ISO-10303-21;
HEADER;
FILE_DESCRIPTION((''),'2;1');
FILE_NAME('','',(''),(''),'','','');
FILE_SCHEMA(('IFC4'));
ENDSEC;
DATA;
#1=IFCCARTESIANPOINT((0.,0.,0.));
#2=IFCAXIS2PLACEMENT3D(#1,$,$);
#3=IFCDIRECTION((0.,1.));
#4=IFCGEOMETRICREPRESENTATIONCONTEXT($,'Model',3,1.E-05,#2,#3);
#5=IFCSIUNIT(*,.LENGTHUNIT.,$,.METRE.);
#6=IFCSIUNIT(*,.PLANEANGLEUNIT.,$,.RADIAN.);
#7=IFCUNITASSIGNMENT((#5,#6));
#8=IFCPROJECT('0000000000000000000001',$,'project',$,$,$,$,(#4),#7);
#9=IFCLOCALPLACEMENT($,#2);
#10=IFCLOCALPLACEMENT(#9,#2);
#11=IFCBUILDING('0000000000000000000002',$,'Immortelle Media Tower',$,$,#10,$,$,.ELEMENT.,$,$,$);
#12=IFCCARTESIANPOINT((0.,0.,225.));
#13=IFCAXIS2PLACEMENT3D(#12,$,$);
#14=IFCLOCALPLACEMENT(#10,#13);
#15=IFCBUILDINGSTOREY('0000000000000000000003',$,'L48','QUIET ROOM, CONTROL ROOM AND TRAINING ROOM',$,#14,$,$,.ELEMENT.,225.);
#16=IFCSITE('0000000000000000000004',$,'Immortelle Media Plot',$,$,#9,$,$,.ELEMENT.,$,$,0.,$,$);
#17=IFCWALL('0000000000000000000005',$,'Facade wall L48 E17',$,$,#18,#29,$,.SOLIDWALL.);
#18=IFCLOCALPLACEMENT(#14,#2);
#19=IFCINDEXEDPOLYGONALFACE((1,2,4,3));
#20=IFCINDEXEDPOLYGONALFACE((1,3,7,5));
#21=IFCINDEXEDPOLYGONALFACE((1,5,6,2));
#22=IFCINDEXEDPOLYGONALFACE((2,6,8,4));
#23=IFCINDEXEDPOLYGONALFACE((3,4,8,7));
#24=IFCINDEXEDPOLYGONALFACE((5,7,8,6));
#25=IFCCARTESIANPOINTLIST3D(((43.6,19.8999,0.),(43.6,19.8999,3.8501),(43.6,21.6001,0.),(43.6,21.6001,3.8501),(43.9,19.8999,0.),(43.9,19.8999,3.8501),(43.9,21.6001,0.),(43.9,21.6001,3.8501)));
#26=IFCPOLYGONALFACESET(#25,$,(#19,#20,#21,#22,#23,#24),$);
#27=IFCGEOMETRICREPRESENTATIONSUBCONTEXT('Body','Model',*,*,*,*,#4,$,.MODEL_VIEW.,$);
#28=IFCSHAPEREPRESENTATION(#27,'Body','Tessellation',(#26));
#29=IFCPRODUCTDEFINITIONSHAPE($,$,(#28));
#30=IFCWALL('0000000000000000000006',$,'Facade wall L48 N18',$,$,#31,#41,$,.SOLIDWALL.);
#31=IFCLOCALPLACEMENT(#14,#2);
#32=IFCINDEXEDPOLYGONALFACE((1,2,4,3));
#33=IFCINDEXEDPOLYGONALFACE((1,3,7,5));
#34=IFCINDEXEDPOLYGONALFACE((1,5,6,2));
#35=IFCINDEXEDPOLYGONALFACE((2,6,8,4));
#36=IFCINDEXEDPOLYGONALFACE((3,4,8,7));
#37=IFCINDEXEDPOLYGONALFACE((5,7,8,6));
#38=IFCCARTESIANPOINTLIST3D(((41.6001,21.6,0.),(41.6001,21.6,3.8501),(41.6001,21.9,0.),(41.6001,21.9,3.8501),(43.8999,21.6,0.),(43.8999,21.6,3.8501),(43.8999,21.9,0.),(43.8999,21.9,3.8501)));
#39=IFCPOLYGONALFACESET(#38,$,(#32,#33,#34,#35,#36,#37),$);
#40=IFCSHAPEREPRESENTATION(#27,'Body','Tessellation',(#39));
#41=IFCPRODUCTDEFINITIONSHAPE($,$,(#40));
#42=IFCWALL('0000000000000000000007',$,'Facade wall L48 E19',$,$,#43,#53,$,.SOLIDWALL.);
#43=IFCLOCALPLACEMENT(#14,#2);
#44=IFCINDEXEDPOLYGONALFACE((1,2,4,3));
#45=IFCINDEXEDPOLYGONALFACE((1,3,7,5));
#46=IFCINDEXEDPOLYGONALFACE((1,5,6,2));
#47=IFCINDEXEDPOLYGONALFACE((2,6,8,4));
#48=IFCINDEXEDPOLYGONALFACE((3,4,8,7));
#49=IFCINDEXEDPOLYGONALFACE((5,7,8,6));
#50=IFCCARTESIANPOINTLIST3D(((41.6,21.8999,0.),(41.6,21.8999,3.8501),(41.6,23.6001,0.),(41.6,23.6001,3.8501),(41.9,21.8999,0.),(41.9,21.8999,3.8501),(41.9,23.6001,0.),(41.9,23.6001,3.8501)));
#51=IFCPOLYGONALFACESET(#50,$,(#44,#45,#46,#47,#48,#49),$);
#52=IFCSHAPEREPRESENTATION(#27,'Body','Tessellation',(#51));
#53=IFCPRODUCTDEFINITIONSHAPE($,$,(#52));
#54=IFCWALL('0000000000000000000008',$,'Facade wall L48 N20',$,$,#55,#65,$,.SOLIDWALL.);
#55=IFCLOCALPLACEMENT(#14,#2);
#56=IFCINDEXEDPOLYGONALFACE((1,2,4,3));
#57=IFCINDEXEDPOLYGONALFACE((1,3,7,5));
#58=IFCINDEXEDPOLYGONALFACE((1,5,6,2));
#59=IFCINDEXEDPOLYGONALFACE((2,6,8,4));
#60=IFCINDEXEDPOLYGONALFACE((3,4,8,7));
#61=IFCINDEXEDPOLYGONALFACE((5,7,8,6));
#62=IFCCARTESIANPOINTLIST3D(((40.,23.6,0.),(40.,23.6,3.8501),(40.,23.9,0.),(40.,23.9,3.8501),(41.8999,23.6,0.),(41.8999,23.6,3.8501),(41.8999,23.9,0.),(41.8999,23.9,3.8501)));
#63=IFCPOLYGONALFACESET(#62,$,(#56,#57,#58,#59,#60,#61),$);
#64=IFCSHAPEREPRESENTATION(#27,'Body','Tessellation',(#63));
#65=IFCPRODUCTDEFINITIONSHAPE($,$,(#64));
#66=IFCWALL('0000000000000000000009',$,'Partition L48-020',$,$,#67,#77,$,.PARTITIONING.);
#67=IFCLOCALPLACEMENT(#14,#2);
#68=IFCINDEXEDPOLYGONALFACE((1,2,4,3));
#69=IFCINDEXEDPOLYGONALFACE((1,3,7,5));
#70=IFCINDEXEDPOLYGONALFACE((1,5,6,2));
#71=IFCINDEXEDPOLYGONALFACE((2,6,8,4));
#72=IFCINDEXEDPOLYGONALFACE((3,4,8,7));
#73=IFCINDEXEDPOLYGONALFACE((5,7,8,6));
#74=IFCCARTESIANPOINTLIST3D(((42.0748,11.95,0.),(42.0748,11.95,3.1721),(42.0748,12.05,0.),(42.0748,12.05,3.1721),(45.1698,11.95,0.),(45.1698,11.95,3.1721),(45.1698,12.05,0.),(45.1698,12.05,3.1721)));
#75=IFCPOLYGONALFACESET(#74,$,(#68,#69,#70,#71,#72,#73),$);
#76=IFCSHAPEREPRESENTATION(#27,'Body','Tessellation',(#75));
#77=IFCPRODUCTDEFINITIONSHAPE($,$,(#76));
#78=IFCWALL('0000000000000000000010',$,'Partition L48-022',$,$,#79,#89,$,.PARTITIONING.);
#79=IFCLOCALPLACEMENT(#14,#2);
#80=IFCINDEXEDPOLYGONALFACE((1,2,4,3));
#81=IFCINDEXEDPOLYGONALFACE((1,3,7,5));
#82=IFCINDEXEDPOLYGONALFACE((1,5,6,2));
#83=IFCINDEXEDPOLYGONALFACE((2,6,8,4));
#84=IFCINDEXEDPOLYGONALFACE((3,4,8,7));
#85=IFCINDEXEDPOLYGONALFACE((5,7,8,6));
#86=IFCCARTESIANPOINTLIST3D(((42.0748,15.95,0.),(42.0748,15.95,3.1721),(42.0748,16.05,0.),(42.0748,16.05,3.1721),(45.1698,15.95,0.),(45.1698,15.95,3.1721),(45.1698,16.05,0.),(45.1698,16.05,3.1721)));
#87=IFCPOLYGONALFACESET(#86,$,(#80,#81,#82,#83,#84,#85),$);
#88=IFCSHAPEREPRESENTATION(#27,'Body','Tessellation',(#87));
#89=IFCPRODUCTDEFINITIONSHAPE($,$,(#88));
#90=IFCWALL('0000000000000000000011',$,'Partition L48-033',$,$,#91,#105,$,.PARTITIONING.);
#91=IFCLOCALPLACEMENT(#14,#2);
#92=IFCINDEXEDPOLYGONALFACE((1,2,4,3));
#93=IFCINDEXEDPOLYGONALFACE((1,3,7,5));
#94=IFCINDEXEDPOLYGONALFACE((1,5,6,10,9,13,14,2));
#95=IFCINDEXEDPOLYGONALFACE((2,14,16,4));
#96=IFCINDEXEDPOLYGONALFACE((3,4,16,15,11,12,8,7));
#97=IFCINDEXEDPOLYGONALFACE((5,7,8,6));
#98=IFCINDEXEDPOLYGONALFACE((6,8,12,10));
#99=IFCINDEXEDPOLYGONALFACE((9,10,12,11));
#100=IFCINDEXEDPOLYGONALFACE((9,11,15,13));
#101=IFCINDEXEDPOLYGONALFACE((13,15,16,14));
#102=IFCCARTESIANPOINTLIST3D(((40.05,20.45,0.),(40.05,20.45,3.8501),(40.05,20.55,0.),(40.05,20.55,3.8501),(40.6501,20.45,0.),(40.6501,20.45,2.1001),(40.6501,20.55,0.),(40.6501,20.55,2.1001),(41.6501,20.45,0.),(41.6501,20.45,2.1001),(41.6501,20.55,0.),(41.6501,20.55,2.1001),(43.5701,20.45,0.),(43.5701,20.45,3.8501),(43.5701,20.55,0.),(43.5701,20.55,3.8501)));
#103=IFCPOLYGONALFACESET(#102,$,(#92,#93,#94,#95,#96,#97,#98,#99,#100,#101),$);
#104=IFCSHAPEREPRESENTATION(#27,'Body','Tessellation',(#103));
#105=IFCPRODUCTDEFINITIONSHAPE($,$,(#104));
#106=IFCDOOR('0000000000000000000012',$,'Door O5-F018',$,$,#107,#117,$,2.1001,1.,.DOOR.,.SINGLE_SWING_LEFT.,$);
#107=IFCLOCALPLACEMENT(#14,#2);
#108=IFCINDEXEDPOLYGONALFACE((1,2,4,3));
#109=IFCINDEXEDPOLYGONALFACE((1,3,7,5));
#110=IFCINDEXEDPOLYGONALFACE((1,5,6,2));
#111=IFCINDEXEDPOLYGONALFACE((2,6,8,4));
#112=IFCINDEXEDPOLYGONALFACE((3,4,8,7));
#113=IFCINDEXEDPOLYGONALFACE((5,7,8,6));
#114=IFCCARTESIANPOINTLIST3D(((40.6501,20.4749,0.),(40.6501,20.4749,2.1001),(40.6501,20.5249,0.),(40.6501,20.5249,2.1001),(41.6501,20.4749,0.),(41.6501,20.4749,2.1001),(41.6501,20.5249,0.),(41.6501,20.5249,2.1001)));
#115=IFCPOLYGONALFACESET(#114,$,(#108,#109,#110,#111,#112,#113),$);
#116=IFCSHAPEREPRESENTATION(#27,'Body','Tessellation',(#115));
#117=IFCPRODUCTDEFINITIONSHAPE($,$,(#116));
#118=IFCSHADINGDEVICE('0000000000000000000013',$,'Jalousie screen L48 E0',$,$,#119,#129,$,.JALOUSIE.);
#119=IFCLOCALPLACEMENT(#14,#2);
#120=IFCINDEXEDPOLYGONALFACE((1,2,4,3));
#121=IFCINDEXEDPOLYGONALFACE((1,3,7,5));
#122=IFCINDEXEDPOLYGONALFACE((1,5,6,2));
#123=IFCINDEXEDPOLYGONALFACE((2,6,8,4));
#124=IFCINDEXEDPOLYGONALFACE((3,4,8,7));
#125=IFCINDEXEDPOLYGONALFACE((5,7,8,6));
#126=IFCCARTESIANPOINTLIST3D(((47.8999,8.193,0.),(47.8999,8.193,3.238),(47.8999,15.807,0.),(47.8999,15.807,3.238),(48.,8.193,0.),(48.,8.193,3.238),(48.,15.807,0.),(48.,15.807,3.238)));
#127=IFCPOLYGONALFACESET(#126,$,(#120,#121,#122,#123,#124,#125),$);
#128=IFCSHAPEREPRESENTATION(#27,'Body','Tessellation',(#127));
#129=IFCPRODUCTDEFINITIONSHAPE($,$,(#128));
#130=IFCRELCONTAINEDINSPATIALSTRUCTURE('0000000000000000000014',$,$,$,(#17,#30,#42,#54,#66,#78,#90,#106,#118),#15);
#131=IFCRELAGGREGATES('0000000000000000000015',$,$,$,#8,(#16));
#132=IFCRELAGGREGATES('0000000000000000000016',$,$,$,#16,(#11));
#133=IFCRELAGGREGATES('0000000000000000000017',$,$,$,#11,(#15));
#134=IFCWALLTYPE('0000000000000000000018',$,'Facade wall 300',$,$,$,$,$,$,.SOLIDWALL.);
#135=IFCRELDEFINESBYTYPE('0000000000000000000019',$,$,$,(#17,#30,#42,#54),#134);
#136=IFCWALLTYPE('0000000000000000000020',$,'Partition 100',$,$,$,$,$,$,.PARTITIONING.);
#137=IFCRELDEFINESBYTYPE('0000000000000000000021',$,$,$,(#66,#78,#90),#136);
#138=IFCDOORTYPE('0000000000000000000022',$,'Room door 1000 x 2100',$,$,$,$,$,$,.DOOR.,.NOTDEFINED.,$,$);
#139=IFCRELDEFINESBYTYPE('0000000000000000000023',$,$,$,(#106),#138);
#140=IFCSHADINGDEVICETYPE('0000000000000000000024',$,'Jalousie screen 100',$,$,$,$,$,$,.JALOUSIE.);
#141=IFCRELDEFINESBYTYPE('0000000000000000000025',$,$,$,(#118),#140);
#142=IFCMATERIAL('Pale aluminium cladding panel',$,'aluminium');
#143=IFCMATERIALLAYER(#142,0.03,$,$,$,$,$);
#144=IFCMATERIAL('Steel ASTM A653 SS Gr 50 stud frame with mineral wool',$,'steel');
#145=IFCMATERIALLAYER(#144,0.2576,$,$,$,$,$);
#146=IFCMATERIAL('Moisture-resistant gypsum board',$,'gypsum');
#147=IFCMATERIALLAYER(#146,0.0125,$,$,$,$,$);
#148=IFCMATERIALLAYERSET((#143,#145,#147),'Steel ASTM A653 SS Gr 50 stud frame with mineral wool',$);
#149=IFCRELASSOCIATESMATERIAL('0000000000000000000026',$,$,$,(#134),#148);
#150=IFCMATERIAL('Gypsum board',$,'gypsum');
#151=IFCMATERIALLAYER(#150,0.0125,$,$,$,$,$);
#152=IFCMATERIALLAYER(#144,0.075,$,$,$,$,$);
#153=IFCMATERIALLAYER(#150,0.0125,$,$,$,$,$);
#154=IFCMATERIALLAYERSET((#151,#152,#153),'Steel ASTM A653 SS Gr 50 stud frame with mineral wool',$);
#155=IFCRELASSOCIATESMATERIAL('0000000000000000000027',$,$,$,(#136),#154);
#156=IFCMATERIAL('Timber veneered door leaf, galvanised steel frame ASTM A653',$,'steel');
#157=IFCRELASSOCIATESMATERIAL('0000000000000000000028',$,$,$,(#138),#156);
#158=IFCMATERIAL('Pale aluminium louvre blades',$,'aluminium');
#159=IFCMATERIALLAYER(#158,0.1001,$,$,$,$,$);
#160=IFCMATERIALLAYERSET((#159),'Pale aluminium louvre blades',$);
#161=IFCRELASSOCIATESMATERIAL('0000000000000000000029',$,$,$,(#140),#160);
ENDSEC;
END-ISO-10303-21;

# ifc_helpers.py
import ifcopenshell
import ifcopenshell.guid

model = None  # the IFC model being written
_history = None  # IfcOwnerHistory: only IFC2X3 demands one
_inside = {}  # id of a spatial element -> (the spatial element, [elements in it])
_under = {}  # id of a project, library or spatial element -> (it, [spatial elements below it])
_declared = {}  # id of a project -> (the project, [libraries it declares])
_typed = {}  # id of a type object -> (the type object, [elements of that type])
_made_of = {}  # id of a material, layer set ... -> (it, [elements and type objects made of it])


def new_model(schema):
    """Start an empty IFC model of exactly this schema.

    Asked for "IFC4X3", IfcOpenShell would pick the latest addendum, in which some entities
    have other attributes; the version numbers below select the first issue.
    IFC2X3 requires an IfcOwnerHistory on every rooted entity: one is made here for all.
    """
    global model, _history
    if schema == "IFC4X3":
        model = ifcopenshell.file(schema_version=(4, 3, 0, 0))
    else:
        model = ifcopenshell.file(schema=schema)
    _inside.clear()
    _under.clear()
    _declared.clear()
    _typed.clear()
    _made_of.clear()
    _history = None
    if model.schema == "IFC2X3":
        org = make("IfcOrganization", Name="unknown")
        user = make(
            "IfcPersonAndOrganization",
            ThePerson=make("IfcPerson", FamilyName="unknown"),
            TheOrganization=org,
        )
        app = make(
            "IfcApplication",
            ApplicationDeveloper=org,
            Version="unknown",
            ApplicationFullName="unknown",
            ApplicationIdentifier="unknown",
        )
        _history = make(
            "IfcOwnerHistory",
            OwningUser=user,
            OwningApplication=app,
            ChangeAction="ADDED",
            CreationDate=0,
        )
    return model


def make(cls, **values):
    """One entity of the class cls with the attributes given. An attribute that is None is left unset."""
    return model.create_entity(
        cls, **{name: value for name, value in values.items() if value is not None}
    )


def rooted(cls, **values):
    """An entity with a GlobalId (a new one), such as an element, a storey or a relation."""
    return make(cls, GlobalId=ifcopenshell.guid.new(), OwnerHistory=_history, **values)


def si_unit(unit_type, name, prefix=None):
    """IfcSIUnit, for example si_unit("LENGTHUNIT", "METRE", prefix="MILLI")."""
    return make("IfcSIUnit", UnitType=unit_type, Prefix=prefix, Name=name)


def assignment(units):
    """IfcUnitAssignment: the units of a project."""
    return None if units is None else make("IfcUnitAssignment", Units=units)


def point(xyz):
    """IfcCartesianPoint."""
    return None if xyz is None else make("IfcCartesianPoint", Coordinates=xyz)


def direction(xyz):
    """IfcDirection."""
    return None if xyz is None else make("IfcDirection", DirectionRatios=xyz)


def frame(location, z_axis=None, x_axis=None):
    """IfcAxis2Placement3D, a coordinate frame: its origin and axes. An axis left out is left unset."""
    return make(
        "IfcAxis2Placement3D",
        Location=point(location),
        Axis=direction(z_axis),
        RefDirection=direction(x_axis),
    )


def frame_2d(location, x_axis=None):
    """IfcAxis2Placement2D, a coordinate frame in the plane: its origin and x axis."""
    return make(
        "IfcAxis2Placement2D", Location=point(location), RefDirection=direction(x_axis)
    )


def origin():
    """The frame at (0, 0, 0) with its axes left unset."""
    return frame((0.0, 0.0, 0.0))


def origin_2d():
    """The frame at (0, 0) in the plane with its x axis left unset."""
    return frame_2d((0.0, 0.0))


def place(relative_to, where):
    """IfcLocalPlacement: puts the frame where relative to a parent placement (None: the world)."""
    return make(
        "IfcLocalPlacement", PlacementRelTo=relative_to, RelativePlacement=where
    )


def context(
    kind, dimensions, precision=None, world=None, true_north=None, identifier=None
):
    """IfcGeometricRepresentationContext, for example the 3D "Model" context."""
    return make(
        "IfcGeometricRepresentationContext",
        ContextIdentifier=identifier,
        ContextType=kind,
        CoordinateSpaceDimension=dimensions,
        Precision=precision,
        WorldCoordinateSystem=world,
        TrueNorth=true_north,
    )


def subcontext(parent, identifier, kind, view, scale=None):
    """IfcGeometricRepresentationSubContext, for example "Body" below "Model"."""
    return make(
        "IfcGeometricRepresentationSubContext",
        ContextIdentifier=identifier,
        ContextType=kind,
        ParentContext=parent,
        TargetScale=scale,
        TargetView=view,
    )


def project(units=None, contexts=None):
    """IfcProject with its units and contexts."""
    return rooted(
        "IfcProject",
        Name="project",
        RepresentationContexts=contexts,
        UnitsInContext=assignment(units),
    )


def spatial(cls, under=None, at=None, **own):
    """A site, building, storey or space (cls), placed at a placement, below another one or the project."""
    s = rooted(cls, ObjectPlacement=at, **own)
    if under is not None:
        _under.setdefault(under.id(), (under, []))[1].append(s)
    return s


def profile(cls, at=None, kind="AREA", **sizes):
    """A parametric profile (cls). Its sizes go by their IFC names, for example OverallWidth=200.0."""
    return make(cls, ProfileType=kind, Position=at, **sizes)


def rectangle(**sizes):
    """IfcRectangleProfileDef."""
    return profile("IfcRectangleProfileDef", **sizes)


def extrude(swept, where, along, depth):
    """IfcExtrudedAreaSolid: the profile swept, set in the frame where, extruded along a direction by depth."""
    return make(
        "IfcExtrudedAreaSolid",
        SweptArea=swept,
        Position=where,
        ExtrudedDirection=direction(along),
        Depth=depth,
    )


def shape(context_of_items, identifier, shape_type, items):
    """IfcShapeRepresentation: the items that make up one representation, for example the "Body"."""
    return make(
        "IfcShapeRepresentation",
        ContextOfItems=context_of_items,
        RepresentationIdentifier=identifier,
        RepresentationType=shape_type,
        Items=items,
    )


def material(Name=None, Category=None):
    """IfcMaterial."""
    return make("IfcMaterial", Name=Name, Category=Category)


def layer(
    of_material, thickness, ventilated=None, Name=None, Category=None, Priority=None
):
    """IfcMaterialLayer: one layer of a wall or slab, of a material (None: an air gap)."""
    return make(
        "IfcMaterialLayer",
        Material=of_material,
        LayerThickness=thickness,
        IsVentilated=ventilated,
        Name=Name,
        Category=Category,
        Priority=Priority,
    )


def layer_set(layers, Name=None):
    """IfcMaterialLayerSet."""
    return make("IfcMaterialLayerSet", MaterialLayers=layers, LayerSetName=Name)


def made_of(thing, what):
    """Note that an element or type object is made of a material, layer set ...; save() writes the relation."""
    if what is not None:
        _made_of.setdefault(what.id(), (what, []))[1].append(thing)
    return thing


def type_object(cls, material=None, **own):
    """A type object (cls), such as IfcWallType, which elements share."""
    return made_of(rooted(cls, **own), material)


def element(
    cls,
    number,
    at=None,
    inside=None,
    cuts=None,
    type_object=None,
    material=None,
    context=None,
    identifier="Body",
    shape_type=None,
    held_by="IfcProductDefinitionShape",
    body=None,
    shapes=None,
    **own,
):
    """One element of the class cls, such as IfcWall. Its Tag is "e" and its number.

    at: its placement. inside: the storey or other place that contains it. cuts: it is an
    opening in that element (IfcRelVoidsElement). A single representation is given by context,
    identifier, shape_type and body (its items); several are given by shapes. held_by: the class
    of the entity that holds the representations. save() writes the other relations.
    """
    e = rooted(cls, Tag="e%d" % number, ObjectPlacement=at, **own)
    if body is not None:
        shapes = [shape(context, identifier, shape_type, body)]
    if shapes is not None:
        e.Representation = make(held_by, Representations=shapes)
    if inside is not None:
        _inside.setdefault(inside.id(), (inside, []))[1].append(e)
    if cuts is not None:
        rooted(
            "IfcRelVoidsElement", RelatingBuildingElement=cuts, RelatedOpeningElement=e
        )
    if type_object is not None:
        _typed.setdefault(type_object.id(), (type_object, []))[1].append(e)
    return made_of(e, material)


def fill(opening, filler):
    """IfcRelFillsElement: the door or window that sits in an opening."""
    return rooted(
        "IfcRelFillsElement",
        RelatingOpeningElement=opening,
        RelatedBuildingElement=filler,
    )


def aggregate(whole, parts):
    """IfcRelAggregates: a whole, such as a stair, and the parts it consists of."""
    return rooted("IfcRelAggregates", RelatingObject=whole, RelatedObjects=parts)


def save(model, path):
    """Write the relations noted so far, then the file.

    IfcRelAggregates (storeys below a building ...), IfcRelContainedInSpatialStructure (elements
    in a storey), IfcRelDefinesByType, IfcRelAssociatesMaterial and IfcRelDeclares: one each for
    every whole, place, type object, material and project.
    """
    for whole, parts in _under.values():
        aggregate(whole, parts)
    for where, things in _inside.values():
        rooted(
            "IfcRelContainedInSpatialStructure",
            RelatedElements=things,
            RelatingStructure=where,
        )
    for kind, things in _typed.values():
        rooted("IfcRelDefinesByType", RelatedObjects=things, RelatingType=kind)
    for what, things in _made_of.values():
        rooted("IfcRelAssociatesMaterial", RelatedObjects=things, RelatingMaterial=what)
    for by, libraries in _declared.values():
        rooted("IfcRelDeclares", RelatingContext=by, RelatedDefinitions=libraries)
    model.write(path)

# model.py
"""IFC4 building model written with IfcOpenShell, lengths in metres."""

from ifc_helpers import new_model, si_unit, direction, frame, frame_2d, origin, origin_2d, place, context, subcontext, project, spatial, rectangle, extrude, material, layer, layer_set, type_object, element, fill, save


model = new_model("IFC4")

# Units and contexts
model_context = context("Model", 3, precision=1e-05, world=origin(), true_north=direction((0.0, 1.0)))
body_context = subcontext(model_context, "Body", "Model", "MODEL_VIEW")
ifc_project = project(units=[si_unit("LENGTHUNIT", "METRE"), si_unit("PLANEANGLEUNIT", "RADIAN")], contexts=[model_context])

# Site, building, storey
site_placement = place(None, origin())
site = spatial("IfcSite", under=ifc_project, at=site_placement, Name="Immortelle Media Plot", CompositionType="ELEMENT", RefElevation=0.0)
building_placement = place(site_placement, origin())
building = spatial("IfcBuilding", under=site, at=building_placement, Name="Immortelle Media Tower", CompositionType="ELEMENT")
storey_placement = place(building_placement, frame((0.0, 0.0, 225.0)))
storey = spatial("IfcBuildingStorey", under=building, at=storey_placement, Name="L48", Description="QUIET ROOM, CONTROL ROOM AND TRAINING ROOM", CompositionType="ELEMENT", Elevation=225.0)

# Walls
ifc_material_1 = material(Name="Steel ASTM A653 SS Gr 50 stud frame with mineral wool", Category="steel")
ifc_material_2 = material(Name="Pale aluminium cladding panel", Category="aluminium")
ifc_layer_1 = layer(ifc_material_2, 0.03)
ifc_layer_2 = layer(ifc_material_1, 0.2576)
ifc_material_3 = material(Name="Moisture-resistant gypsum board", Category="gypsum")
ifc_layer_3 = layer(ifc_material_3, 0.0125)
ifc_layer_set_1 = layer_set([ifc_layer_1, ifc_layer_2, ifc_layer_3], Name="Steel ASTM A653 SS Gr 50 stud frame with mineral wool")
wall_type_1 = type_object("IfcWallType", Name="Facade wall 300", PredefinedType="SOLIDWALL", material=ifc_layer_set_1)
wall_1_placement = place(storey_placement, frame((43.75, 19.8999, 0.0), z_axis=(0.0, 0.0, 1.0), x_axis=(0.0, 1.0, 0.0)))
element("IfcWall", 1, at=wall_1_placement, inside=storey, type_object=wall_type_1, Name="Facade wall L48 E17", PredefinedType="SOLIDWALL", context=body_context, shape_type="SweptSolid", body=[
    extrude(rectangle(XDim=1.7002, YDim=0.3, at=frame_2d((0.8501, 0.0))), origin(), (0.0, 0.0, 1.0), 3.8501),
])
wall_2_placement = place(storey_placement, frame((43.8999, 21.75, 0.0), z_axis=(0.0, 0.0, 1.0), x_axis=(-1.0, 0.0, 0.0)))
element("IfcWall", 2, at=wall_2_placement, inside=storey, type_object=wall_type_1, Name="Facade wall L48 N18", PredefinedType="SOLIDWALL", context=body_context, shape_type="SweptSolid", body=[
    extrude(rectangle(XDim=2.2998, YDim=0.3, at=frame_2d((1.1499, 0.0))), origin(), (0.0, 0.0, 1.0), 3.8501),
])
wall_3_placement = place(storey_placement, frame((41.75, 21.8999, 0.0), z_axis=(0.0, 0.0, 1.0), x_axis=(0.0, 1.0, 0.0)))
element("IfcWall", 3, at=wall_3_placement, inside=storey, type_object=wall_type_1, Name="Facade wall L48 E19", PredefinedType="SOLIDWALL", context=body_context, shape_type="SweptSolid", body=[
    extrude(rectangle(XDim=1.7002, YDim=0.3, at=frame_2d((0.8501, 0.0))), origin(), (0.0, 0.0, 1.0), 3.8501),
])
wall_4_placement = place(storey_placement, frame((41.8999, 23.75, 0.0), z_axis=(0.0, 0.0, 1.0), x_axis=(-1.0, 0.0, 0.0)))
element("IfcWall", 4, at=wall_4_placement, inside=storey, type_object=wall_type_1, Name="Facade wall L48 N20", PredefinedType="SOLIDWALL", context=body_context, shape_type="SweptSolid", body=[
    extrude(rectangle(XDim=1.8999, YDim=0.3, at=frame_2d((0.95, 0.0))), origin(), (0.0, 0.0, 1.0), 3.8501),
])
ifc_material_4 = material(Name="Gypsum board", Category="gypsum")
ifc_layer_4 = layer(ifc_material_4, 0.0125)
ifc_layer_5 = layer(ifc_material_1, 0.075)
ifc_layer_6 = layer(ifc_material_4, 0.0125)
ifc_layer_set_2 = layer_set([ifc_layer_4, ifc_layer_5, ifc_layer_6], Name="Steel ASTM A653 SS Gr 50 stud frame with mineral wool")
wall_type_2 = type_object("IfcWallType", Name="Partition 100", PredefinedType="PARTITIONING", material=ifc_layer_set_2)
for number, where, z_axis, x_axis, name in (
    (5, (42.075, 12.0, 0.0), (0.0, 0.0, 1.0), (1.0, 0.0, 0.0), "Partition L48-020"),
    (6, (42.075, 16.0, 0.0), (0.0, 0.0, 1.0), (1.0, 0.0, 0.0), "Partition L48-022"),
):
    element("IfcWall", number, at=place(storey_placement, frame(where, z_axis=z_axis, x_axis=x_axis)), inside=storey, type_object=wall_type_2, Name=name, PredefinedType="PARTITIONING", context=body_context, shape_type="SweptSolid", body=[
        extrude(rectangle(XDim=3.095, YDim=0.1001, at=frame_2d((1.5474, 0.0))), origin(), (0.0, 0.0, 1.0), 3.1721),
    ])

# Wall, opening, door
wall_5_placement = place(storey_placement, frame((40.05, 20.5, 0.0), z_axis=(0.0, 0.0, 1.0), x_axis=(1.0, 0.0, 0.0)))
wall_5 = element("IfcWall", 7, at=wall_5_placement, inside=storey, type_object=wall_type_2, Name="Partition L48-033", PredefinedType="PARTITIONING", context=body_context, shape_type="SweptSolid", body=[
    extrude(rectangle(XDim=3.52, YDim=0.1001, at=frame_2d((1.76, 0.0))), origin(), (0.0, 0.0, 1.0), 3.8501),
])
opening_placement = place(wall_5_placement, frame((0.6001, 0.0, 0.0)))
opening = element("IfcOpeningElement", 8, at=opening_placement, cuts=wall_5, PredefinedType="OPENING", context=body_context, shape_type="SweptSolid", body=[
    extrude(rectangle(XDim=1.0, YDim=2.1001, at=frame_2d((0.5, 1.05))), frame((0.0, 0.0601, 0.0), z_axis=(0.0, -1.0, 0.0), x_axis=(1.0, 0.0, 0.0)), (0.0, 0.0, 1.0), 0.1201),
])
ifc_material_5 = material(Name="Timber veneered door leaf, galvanised steel frame ASTM A653", Category="steel")
door_type = type_object("IfcDoorType", Name="Room door 1000 x 2100", OperationType="NOTDEFINED", PredefinedType="DOOR", material=ifc_material_5)
door_placement = place(opening_placement, origin())
door = element("IfcDoor", 9, at=door_placement, inside=storey, type_object=door_type, Name="Door O5-F018", OperationType="SINGLE_SWING_LEFT", OverallHeight=2.1001, OverallWidth=1.0, PredefinedType="DOOR", context=body_context, shape_type="SweptSolid", body=[
    extrude(rectangle(XDim=1.0, YDim=2.1001, at=frame_2d((0.5, 1.05))), frame((0.0, 0.0249, 0.0), z_axis=(0.0, -1.0, 0.0), x_axis=(1.0, 0.0, 0.0)), (0.0, 0.0, 1.0), 0.05),
])
fill(opening, door)

# Shading device
ifc_material_6 = material(Name="Pale aluminium louvre blades", Category="aluminium")
ifc_layer_7 = layer(ifc_material_6, 0.1001)
ifc_layer_set_3 = layer_set([ifc_layer_7], Name="Pale aluminium louvre blades")
shading_device_type = type_object("IfcShadingDeviceType", Name="Jalousie screen 100", PredefinedType="JALOUSIE", material=ifc_layer_set_3)
shading_device_placement = place(storey_placement, frame((47.95, 12.0, 0.0), z_axis=(0.0, 0.0, 1.0), x_axis=(0.0, 1.0, 0.0)))
element("IfcShadingDevice", 10, at=shading_device_placement, inside=storey, type_object=shading_device_type, Name="Jalousie screen L48 E0", PredefinedType="JALOUSIE", context=body_context, shape_type="SweptSolid", body=[
    extrude(rectangle(XDim=7.614, YDim=0.1001, at=origin_2d()), origin(), (0.0, 0.0, 1.0), 3.238),
])

save(model, "model.ifc")
